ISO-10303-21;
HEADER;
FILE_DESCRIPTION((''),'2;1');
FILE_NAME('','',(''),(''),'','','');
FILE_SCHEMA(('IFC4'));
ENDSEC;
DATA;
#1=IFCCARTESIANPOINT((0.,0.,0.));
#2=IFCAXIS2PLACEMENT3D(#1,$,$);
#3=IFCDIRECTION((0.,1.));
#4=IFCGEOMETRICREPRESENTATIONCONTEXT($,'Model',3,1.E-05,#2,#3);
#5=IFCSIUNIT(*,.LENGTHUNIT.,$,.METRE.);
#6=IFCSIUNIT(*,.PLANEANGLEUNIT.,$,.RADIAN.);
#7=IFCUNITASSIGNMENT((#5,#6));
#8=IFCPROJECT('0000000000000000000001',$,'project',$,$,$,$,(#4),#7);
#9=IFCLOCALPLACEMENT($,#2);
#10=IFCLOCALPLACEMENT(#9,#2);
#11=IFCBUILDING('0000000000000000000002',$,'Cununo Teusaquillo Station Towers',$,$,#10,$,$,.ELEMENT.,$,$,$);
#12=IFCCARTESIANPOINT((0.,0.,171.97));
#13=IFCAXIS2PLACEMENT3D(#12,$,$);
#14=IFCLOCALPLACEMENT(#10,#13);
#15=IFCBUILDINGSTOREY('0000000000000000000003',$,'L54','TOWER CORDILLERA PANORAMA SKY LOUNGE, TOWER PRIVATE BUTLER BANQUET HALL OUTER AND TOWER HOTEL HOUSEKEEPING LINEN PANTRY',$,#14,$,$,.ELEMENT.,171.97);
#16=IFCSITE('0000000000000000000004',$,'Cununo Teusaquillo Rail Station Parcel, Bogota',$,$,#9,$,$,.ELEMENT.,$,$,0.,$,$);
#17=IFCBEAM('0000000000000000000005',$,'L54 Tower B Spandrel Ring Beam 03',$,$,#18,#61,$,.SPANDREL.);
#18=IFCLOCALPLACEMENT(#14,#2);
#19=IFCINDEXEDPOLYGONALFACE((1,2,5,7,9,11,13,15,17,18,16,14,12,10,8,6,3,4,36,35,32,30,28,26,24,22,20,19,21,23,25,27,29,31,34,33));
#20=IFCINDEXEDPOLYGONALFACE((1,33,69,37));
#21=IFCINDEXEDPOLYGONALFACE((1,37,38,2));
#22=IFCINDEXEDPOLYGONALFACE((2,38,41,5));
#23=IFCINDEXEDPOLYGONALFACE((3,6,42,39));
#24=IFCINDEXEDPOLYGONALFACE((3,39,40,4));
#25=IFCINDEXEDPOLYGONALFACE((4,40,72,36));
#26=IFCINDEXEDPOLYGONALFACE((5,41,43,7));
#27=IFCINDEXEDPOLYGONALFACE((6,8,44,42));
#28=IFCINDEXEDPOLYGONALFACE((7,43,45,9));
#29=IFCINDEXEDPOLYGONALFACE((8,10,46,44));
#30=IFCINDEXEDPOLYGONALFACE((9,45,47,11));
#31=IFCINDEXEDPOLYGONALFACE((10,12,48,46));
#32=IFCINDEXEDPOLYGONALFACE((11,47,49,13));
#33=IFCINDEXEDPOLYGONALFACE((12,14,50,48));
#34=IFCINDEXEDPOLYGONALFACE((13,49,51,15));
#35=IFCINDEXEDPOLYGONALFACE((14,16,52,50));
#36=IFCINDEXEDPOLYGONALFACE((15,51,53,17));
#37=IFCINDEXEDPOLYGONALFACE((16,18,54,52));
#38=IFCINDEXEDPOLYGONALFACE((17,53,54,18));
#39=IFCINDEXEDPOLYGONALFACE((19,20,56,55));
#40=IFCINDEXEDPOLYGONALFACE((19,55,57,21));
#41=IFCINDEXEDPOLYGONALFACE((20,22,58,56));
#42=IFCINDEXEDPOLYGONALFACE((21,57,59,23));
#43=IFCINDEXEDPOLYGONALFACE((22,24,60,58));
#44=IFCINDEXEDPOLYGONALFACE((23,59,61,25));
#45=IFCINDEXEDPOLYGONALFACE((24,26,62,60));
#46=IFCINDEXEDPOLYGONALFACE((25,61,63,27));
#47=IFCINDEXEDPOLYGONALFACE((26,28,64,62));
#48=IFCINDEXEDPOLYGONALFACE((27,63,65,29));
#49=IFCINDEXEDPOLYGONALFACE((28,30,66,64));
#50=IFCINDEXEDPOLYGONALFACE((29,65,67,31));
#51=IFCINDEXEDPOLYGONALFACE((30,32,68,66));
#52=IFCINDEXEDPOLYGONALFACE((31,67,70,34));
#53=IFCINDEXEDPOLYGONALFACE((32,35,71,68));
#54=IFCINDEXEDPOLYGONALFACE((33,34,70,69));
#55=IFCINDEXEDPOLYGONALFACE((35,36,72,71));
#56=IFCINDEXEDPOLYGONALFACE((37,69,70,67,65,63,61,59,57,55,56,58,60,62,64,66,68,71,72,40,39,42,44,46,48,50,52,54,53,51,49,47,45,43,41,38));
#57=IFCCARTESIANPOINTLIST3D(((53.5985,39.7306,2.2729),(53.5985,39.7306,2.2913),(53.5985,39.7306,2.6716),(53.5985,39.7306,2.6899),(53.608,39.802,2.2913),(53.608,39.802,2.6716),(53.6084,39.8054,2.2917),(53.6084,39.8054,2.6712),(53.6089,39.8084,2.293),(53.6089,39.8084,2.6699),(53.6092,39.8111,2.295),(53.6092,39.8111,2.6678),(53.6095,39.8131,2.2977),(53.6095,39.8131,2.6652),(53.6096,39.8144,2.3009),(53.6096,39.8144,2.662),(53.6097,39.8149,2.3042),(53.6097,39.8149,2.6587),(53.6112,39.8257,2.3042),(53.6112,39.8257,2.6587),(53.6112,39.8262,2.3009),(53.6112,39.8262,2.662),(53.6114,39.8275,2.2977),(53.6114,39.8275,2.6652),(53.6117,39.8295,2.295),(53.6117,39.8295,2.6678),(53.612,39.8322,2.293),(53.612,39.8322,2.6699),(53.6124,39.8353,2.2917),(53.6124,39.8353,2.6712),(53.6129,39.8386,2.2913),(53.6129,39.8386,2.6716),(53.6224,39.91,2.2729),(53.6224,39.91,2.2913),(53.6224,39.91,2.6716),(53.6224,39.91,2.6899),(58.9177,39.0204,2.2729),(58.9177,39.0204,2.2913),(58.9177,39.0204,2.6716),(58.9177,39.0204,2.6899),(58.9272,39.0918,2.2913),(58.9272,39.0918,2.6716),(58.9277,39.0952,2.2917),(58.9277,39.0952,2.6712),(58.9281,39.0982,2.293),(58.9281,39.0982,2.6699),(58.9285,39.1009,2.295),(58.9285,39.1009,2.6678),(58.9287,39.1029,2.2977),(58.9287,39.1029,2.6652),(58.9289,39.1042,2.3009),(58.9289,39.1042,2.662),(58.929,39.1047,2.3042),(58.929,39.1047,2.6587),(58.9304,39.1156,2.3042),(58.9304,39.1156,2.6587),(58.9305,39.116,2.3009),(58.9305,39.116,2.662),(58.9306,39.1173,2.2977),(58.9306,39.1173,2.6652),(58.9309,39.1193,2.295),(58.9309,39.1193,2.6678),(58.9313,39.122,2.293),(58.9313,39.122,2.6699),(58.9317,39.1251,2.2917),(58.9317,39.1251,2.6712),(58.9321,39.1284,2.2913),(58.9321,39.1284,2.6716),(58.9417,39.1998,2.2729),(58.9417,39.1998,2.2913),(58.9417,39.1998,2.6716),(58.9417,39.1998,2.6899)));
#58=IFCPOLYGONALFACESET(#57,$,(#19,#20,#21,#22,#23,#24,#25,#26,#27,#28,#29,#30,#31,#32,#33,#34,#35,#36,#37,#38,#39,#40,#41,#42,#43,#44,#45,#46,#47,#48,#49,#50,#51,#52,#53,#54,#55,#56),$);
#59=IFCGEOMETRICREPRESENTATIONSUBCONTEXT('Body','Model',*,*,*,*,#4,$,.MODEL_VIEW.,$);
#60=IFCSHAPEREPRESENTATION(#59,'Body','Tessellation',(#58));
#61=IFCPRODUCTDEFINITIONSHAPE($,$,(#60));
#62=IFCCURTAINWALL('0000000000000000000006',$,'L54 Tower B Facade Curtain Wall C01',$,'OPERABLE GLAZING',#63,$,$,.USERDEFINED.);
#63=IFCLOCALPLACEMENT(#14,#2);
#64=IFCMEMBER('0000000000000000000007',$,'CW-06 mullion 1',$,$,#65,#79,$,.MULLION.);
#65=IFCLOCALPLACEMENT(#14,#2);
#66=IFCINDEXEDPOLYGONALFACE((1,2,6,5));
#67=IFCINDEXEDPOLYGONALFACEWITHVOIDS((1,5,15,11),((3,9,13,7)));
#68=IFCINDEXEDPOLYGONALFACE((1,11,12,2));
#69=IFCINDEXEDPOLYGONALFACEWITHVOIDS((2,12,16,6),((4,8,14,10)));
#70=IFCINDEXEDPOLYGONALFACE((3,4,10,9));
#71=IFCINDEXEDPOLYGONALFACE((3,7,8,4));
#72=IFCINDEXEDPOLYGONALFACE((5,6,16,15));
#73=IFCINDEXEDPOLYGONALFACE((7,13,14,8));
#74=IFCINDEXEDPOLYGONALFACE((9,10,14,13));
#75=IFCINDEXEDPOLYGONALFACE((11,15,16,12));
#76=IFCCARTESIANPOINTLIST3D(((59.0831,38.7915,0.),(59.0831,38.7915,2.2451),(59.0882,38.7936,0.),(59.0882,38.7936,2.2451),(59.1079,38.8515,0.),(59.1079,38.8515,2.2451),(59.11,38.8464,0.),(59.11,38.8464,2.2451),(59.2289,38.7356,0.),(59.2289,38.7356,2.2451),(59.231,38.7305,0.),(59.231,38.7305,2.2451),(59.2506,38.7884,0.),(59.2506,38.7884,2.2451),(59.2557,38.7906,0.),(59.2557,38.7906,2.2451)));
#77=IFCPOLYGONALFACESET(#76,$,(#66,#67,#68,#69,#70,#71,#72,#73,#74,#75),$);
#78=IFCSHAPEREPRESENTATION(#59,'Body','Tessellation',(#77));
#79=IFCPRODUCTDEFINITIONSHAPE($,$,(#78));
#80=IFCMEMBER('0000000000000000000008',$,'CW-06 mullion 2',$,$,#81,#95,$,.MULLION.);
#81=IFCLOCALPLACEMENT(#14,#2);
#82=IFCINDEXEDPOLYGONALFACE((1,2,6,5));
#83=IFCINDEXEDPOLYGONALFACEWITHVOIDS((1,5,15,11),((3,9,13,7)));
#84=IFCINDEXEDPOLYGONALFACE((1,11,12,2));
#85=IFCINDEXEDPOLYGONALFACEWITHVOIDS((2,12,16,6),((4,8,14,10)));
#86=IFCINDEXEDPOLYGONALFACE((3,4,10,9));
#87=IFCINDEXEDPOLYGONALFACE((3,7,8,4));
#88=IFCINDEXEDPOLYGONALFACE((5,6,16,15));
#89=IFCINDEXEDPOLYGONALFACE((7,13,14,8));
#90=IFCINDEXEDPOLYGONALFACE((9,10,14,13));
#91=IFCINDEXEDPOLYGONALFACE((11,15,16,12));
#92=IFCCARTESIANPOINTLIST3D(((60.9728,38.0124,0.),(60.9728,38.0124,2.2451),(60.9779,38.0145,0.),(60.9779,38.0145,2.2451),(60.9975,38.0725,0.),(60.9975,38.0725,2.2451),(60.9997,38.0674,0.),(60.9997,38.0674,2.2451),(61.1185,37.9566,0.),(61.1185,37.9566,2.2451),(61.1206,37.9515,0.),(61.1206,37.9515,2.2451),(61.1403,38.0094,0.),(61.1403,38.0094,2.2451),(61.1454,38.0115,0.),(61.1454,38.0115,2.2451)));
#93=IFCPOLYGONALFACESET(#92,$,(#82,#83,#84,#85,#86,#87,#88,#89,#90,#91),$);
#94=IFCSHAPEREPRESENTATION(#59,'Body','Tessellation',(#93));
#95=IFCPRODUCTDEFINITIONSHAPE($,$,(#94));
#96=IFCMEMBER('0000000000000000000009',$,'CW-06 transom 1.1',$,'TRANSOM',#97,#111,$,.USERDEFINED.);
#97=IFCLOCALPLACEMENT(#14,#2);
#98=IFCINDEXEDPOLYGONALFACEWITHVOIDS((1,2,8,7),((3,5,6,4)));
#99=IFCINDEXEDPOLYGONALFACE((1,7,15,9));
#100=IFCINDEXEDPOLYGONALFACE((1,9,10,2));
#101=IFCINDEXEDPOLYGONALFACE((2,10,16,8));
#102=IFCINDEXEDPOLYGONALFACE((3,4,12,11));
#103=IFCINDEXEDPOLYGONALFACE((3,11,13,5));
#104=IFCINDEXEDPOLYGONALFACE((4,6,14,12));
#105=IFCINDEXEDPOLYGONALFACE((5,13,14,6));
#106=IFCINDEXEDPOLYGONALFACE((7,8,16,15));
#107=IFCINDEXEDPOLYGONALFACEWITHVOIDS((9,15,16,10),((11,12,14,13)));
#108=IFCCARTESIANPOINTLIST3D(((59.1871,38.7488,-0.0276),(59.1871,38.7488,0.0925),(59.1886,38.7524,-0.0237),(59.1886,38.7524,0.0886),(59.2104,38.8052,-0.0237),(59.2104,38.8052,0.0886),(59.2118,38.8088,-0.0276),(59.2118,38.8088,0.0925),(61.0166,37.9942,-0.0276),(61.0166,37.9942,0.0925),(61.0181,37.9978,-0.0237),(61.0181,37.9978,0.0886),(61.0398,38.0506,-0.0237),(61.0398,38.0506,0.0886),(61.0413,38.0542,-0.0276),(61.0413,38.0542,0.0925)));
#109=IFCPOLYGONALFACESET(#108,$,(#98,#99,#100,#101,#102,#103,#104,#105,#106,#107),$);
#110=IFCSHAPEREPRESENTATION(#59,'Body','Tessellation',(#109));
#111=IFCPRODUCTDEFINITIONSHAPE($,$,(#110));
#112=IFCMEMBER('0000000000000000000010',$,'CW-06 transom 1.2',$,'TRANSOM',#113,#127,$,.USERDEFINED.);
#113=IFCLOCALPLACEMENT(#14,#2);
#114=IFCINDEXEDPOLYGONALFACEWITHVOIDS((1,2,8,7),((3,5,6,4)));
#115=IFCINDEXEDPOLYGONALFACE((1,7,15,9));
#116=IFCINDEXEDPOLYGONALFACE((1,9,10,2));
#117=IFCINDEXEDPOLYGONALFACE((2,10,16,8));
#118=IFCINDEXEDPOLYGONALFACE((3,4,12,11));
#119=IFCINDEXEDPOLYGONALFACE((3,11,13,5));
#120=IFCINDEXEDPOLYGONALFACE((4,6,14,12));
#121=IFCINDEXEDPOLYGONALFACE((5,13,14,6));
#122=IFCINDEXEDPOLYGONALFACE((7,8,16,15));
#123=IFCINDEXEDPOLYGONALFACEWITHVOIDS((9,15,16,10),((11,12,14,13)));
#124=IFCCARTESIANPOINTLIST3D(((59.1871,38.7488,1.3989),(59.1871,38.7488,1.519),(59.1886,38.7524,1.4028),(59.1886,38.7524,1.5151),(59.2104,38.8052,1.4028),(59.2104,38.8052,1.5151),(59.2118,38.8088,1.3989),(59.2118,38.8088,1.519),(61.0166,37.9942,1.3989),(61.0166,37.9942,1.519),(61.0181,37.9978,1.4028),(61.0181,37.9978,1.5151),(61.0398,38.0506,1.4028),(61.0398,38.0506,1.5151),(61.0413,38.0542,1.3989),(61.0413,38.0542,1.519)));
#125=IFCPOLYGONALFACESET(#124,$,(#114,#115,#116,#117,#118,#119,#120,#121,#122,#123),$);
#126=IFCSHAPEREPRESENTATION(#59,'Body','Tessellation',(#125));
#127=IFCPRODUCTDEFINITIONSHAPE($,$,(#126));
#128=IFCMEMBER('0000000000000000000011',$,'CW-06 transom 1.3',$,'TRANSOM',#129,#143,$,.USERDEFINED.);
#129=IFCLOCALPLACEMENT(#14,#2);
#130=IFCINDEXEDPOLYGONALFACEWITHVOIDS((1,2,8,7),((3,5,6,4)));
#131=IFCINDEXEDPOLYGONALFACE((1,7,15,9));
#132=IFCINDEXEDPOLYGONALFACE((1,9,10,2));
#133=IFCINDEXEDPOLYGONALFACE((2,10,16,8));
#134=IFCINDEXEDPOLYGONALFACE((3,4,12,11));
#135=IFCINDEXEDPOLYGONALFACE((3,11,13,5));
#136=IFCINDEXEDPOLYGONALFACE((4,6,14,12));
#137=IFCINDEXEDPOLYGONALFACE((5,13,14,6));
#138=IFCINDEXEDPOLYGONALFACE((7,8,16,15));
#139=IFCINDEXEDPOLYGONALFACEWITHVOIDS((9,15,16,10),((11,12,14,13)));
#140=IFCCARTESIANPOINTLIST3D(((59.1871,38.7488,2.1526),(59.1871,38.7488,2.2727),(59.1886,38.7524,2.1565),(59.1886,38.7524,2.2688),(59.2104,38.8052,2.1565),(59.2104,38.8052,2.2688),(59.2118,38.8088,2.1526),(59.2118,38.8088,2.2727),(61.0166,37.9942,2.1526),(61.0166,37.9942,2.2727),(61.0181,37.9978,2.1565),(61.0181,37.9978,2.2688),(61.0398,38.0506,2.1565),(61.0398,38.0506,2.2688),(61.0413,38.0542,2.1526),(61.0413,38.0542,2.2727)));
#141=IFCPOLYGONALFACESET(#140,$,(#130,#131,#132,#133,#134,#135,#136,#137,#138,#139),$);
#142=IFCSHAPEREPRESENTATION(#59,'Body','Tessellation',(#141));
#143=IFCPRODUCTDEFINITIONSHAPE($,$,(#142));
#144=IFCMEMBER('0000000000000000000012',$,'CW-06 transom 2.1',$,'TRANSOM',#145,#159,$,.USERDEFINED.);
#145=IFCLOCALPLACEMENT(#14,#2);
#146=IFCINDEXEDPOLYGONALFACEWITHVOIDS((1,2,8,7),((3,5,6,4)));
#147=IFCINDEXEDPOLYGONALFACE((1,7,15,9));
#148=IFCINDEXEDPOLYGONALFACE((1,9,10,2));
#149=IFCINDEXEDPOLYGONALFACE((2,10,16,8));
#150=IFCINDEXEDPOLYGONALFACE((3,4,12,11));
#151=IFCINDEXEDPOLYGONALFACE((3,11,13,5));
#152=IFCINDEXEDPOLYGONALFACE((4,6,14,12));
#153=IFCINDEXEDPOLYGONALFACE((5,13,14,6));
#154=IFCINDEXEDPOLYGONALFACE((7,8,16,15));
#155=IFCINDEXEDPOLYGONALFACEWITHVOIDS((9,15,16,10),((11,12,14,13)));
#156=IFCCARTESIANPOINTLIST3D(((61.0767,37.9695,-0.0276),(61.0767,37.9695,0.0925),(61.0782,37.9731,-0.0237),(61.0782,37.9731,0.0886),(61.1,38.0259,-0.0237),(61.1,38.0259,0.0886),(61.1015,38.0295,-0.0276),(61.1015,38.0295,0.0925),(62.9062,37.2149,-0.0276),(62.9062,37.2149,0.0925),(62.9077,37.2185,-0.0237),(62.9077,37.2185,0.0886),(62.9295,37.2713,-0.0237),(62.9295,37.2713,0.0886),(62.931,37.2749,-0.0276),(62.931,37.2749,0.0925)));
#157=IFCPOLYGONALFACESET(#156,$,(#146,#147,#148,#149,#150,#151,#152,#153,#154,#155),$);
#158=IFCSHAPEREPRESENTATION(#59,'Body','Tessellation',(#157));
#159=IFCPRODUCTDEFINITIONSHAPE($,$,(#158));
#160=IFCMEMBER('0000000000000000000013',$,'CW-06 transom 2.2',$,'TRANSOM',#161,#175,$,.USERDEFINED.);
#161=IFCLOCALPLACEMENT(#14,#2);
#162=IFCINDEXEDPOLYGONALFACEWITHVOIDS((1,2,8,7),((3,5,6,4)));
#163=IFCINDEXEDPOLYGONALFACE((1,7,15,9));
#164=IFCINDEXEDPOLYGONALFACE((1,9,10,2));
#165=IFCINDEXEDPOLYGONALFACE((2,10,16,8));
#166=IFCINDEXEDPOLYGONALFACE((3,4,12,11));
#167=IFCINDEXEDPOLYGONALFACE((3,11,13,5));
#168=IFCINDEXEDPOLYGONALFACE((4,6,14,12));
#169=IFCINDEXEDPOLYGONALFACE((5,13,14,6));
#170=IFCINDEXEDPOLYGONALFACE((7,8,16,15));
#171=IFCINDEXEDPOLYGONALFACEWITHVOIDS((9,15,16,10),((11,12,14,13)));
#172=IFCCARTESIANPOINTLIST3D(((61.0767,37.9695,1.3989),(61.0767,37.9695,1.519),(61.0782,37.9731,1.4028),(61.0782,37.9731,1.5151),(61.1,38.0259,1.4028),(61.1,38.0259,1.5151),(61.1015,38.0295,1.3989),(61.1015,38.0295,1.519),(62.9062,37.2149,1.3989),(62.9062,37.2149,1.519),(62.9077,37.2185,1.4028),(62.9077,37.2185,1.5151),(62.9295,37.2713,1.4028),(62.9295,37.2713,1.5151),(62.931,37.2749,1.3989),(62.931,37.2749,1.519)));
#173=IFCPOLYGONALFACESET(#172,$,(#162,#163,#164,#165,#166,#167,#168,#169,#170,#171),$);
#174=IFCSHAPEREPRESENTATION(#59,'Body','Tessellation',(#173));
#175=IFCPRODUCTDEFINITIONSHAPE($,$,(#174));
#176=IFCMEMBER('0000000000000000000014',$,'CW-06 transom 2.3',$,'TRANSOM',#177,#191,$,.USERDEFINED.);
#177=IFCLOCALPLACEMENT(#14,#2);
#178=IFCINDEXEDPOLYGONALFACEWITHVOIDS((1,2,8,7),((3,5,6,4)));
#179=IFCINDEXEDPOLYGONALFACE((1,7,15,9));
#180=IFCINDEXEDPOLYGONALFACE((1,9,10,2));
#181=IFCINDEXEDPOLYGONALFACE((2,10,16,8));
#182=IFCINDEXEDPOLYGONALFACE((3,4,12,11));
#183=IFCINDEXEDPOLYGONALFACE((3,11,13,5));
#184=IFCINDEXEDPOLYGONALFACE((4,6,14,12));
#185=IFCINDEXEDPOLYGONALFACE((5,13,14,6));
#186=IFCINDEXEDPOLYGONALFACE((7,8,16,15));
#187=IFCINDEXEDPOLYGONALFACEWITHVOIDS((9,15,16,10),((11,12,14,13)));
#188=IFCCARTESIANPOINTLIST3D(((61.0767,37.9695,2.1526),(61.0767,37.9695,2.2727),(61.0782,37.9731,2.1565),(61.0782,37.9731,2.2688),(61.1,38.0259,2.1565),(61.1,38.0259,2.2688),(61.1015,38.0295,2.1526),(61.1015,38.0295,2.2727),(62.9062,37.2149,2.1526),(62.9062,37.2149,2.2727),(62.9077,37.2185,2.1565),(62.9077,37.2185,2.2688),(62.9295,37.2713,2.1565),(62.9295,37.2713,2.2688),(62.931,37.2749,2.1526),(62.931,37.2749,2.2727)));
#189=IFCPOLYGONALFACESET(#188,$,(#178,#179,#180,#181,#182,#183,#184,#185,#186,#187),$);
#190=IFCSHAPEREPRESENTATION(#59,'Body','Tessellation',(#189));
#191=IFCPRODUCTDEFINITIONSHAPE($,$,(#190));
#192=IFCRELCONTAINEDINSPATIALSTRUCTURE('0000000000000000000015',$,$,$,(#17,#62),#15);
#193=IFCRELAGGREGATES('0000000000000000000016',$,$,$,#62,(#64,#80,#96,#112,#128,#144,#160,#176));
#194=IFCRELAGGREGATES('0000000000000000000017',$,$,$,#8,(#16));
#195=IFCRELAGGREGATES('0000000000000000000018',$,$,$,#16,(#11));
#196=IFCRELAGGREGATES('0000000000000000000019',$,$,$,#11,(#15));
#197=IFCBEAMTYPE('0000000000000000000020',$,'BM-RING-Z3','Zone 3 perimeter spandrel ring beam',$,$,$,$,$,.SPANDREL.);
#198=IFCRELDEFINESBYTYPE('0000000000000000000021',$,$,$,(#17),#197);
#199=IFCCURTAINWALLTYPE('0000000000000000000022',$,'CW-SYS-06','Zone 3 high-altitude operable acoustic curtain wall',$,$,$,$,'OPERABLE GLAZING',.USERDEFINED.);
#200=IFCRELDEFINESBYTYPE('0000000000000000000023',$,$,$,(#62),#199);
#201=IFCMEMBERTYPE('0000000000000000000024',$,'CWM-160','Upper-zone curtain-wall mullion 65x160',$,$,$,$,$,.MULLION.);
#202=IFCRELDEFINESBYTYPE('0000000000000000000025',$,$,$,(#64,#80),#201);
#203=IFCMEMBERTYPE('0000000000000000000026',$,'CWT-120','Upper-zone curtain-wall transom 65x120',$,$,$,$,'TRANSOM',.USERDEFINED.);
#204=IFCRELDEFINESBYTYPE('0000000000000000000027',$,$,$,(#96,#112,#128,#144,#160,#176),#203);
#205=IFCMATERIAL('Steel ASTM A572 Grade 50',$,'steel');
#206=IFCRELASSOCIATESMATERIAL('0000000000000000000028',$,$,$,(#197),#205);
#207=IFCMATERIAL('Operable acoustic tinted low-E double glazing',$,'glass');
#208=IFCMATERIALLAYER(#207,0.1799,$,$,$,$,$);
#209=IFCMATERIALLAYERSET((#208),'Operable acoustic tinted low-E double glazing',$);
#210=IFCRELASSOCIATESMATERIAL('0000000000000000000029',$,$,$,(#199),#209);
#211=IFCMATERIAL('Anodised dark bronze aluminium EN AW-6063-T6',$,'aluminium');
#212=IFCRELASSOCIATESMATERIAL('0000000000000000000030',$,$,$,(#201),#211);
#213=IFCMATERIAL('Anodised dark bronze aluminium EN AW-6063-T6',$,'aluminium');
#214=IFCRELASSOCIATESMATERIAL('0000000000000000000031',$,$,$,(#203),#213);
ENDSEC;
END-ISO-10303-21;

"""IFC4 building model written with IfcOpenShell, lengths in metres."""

from ifc_helpers import new_model, si_unit, direction, frame, origin, origin_2d, place, context, subcontext, project, spatial, hollow_rectangle, i_section, extrude, material, layer, layer_set, material_profile, profile_set, type_object, element, aggregate, save


model = new_model("IFC4")

# Units and contexts
model_context = context("Model", 3, precision=1e-05, world=origin(), true_north=direction((0.0, 1.0)))
body_context = subcontext(model_context, "Body", "Model", "MODEL_VIEW")
ifc_project = project(units=[si_unit("LENGTHUNIT", "METRE"), si_unit("PLANEANGLEUNIT", "RADIAN")], contexts=[model_context])

# Site, building, storey
site_placement = place(None, origin())
site = spatial("IfcSite", under=ifc_project, at=site_placement, Name="Cununo Teusaquillo Rail Station Parcel, Bogota", CompositionType="ELEMENT", RefElevation=0.0)
building_placement = place(site_placement, origin())
building = spatial("IfcBuilding", under=site, at=building_placement, Name="Cununo Teusaquillo Station Towers", CompositionType="ELEMENT")
storey_placement = place(building_placement, frame((0.0, 0.0, 171.97)))
storey = spatial("IfcBuildingStorey", under=building, at=storey_placement, Name="L54", Description="TOWER CORDILLERA PANORAMA SKY LOUNGE, TOWER PRIVATE BUTLER BANQUET HALL OUTER AND TOWER HOTEL HOUSEKEEPING LINEN PANTRY", CompositionType="ELEMENT", Elevation=171.97)

# Beam
ifc_material_1 = material(Name="Steel ASTM A572 Grade 50", Category="steel")
ifc_material_profile_1 = material_profile(ifc_material_1, i_section(OverallWidth=0.1809, OverallDepth=0.417, WebThickness=0.011, FlangeThickness=0.0183, FilletRadius=0.0129, at=origin_2d()), Name="W16X57")
ifc_profile_set_1 = profile_set([ifc_material_profile_1], Name="Steel ASTM A572 Grade 50")
beam_type_1 = type_object("IfcBeamType", Name="BM-RING-Z3", Description="Zone 3 perimeter spandrel ring beam", PredefinedType="SPANDREL", material=ifc_profile_set_1)
beam_1_placement = place(storey_placement, frame((58.9297, 39.1101, 2.4814), z_axis=(-0.991204, 0.13234, 0.0), x_axis=(-0.13234, -0.991204, 0.0)))
element("IfcBeam", 1, at=beam_1_placement, inside=storey, type_object=beam_type_1, Name="L54 Tower B Spandrel Ring Beam 03", PredefinedType="SPANDREL", context=body_context, shape_type="SweptSolid", body=[
    extrude(i_section(OverallWidth=0.1809, OverallDepth=0.417, WebThickness=0.011, FlangeThickness=0.0183, FilletRadius=0.0129, at=origin_2d()), origin(), (0.0, 0.0, 1.0), 5.3665),
])

# Curtain wall, members
ifc_material_2 = material(Name="Operable acoustic tinted low-E double glazing", Category="glass")
ifc_layer_1 = layer(ifc_material_2, 0.1799)
ifc_layer_set_1 = layer_set([ifc_layer_1], Name="Operable acoustic tinted low-E double glazing")
curtain_wall_type = type_object("IfcCurtainWallType", Name="CW-SYS-06", Description="Zone 3 high-altitude operable acoustic curtain wall", ElementType="OPERABLE GLAZING", PredefinedType="USERDEFINED", material=ifc_layer_set_1)
curtain_wall_placement = place(storey_placement, origin())
curtain_wall = element("IfcCurtainWall", 2, at=curtain_wall_placement, inside=storey, type_object=curtain_wall_type, Name="L54 Tower B Facade Curtain Wall C01", ObjectType="OPERABLE GLAZING", PredefinedType="USERDEFINED")
ifc_material_3 = material(Name="Anodised dark bronze aluminium EN AW-6063-T6", Category="aluminium")
ifc_material_profile_2 = material_profile(ifc_material_3, hollow_rectangle(XDim=0.0649, YDim=0.1599, WallThickness=0.0039, at=origin_2d()), Name="CW-MULL-65x160")
ifc_profile_set_2 = profile_set([ifc_material_profile_2], Name="Anodised dark bronze aluminium EN AW-6063-T6")
member_type_1 = type_object("IfcMemberType", Name="CWM-160", Description="Upper-zone curtain-wall mullion 65x160", PredefinedType="MULLION", material=ifc_profile_set_2)
member_1_placement = place(storey_placement, frame((59.1694, 38.791, 0.0), z_axis=(0.0, 0.0, 1.0), x_axis=(0.381229, 0.924481, 0.0)))
member_1 = element("IfcMember", 3, at=member_1_placement, type_object=member_type_1, Name="CW-06 mullion 1", PredefinedType="MULLION", context=body_context, shape_type="SweptSolid", body=[
    extrude(hollow_rectangle(XDim=0.0649, YDim=0.1599, WallThickness=0.0039, at=origin_2d()), origin(), (0.0, 0.0, 1.0), 2.2451),
])
member_2_placement = place(storey_placement, frame((61.0591, 38.012, 0.0), z_axis=(0.0, 0.0, 1.0), x_axis=(0.381229, 0.924481, 0.0)))
member_2 = element("IfcMember", 4, at=member_2_placement, type_object=member_type_1, Name="CW-06 mullion 2", PredefinedType="MULLION", context=body_context, shape_type="SweptSolid", body=[
    extrude(hollow_rectangle(XDim=0.0649, YDim=0.1599, WallThickness=0.0039, at=origin_2d()), origin(), (0.0, 0.0, 1.0), 2.2451),
])
ifc_material_4 = material(Name="Anodised dark bronze aluminium EN AW-6063-T6", Category="aluminium")
ifc_material_profile_3 = material_profile(ifc_material_4, hollow_rectangle(XDim=0.0649, YDim=0.1201, WallThickness=0.0039, at=origin_2d()), Name="CW-TRAN-65x120")
ifc_profile_set_3 = profile_set([ifc_material_profile_3], Name="Anodised dark bronze aluminium EN AW-6063-T6")
member_type_2 = type_object("IfcMemberType", Name="CWT-120", Description="Upper-zone curtain-wall transom 65x120", ElementType="TRANSOM", PredefinedType="USERDEFINED", material=ifc_profile_set_3)
member_3_placement = place(storey_placement, frame((59.1995, 38.7788, 0.0325), z_axis=(0.924451, -0.381302, 0.0), x_axis=(0.381302, 0.924451, 0.0)))
member_3 = element("IfcMember", 5, at=member_3_placement, type_object=member_type_2, Name="CW-06 transom 1.1", ObjectType="TRANSOM", PredefinedType="USERDEFINED", context=body_context, shape_type="SweptSolid", body=[
    extrude(hollow_rectangle(XDim=0.0649, YDim=0.1201, WallThickness=0.0039, at=origin_2d()), origin(), (0.0, 0.0, 1.0), 1.979),
])
member_4_placement = place(storey_placement, frame((59.1995, 38.7788, 1.459), z_axis=(0.924451, -0.381302, 0.0), x_axis=(0.381302, 0.924451, 0.0)))
member_4 = element("IfcMember", 6, at=member_4_placement, type_object=member_type_2, Name="CW-06 transom 1.2", ObjectType="TRANSOM", PredefinedType="USERDEFINED", context=body_context, shape_type="SweptSolid", body=[
    extrude(hollow_rectangle(XDim=0.0649, YDim=0.1201, WallThickness=0.0039, at=origin_2d()), origin(), (0.0, 0.0, 1.0), 1.979),
])
member_5_placement = place(storey_placement, frame((59.1995, 38.7788, 2.2126), z_axis=(0.924451, -0.381302, 0.0), x_axis=(0.381302, 0.924451, 0.0)))
member_5 = element("IfcMember", 7, at=member_5_placement, type_object=member_type_2, Name="CW-06 transom 1.3", ObjectType="TRANSOM", PredefinedType="USERDEFINED", context=body_context, shape_type="SweptSolid", body=[
    extrude(hollow_rectangle(XDim=0.0649, YDim=0.1201, WallThickness=0.0039, at=origin_2d()), origin(), (0.0, 0.0, 1.0), 1.979),
])
member_6_placement = place(storey_placement, frame((61.0891, 37.9995, 0.0325), z_axis=(0.924451, -0.381302, 0.0), x_axis=(0.381302, 0.924451, 0.0)))
member_6 = element("IfcMember", 8, at=member_6_placement, type_object=member_type_2, Name="CW-06 transom 2.1", ObjectType="TRANSOM", PredefinedType="USERDEFINED", context=body_context, shape_type="SweptSolid", body=[
    extrude(hollow_rectangle(XDim=0.0649, YDim=0.1201, WallThickness=0.0039, at=origin_2d()), origin(), (0.0, 0.0, 1.0), 1.979),
])
member_7_placement = place(storey_placement, frame((61.0891, 37.9995, 1.459), z_axis=(0.924451, -0.381302, 0.0), x_axis=(0.381302, 0.924451, 0.0)))
member_7 = element("IfcMember", 9, at=member_7_placement, type_object=member_type_2, Name="CW-06 transom 2.2", ObjectType="TRANSOM", PredefinedType="USERDEFINED", context=body_context, shape_type="SweptSolid", body=[
    extrude(hollow_rectangle(XDim=0.0649, YDim=0.1201, WallThickness=0.0039, at=origin_2d()), origin(), (0.0, 0.0, 1.0), 1.979),
])
member_8_placement = place(storey_placement, frame((61.0891, 37.9995, 2.2126), z_axis=(0.924451, -0.381302, 0.0), x_axis=(0.381302, 0.924451, 0.0)))
member_8 = element("IfcMember", 10, at=member_8_placement, type_object=member_type_2, Name="CW-06 transom 2.3", ObjectType="TRANSOM", PredefinedType="USERDEFINED", context=body_context, shape_type="SweptSolid", body=[
    extrude(hollow_rectangle(XDim=0.0649, YDim=0.1201, WallThickness=0.0039, at=origin_2d()), origin(), (0.0, 0.0, 1.0), 1.979),
])
aggregate(curtain_wall, [member_1, member_2, member_3, member_4, member_5, member_6, member_7, member_8])

save(model, "model.ifc")
